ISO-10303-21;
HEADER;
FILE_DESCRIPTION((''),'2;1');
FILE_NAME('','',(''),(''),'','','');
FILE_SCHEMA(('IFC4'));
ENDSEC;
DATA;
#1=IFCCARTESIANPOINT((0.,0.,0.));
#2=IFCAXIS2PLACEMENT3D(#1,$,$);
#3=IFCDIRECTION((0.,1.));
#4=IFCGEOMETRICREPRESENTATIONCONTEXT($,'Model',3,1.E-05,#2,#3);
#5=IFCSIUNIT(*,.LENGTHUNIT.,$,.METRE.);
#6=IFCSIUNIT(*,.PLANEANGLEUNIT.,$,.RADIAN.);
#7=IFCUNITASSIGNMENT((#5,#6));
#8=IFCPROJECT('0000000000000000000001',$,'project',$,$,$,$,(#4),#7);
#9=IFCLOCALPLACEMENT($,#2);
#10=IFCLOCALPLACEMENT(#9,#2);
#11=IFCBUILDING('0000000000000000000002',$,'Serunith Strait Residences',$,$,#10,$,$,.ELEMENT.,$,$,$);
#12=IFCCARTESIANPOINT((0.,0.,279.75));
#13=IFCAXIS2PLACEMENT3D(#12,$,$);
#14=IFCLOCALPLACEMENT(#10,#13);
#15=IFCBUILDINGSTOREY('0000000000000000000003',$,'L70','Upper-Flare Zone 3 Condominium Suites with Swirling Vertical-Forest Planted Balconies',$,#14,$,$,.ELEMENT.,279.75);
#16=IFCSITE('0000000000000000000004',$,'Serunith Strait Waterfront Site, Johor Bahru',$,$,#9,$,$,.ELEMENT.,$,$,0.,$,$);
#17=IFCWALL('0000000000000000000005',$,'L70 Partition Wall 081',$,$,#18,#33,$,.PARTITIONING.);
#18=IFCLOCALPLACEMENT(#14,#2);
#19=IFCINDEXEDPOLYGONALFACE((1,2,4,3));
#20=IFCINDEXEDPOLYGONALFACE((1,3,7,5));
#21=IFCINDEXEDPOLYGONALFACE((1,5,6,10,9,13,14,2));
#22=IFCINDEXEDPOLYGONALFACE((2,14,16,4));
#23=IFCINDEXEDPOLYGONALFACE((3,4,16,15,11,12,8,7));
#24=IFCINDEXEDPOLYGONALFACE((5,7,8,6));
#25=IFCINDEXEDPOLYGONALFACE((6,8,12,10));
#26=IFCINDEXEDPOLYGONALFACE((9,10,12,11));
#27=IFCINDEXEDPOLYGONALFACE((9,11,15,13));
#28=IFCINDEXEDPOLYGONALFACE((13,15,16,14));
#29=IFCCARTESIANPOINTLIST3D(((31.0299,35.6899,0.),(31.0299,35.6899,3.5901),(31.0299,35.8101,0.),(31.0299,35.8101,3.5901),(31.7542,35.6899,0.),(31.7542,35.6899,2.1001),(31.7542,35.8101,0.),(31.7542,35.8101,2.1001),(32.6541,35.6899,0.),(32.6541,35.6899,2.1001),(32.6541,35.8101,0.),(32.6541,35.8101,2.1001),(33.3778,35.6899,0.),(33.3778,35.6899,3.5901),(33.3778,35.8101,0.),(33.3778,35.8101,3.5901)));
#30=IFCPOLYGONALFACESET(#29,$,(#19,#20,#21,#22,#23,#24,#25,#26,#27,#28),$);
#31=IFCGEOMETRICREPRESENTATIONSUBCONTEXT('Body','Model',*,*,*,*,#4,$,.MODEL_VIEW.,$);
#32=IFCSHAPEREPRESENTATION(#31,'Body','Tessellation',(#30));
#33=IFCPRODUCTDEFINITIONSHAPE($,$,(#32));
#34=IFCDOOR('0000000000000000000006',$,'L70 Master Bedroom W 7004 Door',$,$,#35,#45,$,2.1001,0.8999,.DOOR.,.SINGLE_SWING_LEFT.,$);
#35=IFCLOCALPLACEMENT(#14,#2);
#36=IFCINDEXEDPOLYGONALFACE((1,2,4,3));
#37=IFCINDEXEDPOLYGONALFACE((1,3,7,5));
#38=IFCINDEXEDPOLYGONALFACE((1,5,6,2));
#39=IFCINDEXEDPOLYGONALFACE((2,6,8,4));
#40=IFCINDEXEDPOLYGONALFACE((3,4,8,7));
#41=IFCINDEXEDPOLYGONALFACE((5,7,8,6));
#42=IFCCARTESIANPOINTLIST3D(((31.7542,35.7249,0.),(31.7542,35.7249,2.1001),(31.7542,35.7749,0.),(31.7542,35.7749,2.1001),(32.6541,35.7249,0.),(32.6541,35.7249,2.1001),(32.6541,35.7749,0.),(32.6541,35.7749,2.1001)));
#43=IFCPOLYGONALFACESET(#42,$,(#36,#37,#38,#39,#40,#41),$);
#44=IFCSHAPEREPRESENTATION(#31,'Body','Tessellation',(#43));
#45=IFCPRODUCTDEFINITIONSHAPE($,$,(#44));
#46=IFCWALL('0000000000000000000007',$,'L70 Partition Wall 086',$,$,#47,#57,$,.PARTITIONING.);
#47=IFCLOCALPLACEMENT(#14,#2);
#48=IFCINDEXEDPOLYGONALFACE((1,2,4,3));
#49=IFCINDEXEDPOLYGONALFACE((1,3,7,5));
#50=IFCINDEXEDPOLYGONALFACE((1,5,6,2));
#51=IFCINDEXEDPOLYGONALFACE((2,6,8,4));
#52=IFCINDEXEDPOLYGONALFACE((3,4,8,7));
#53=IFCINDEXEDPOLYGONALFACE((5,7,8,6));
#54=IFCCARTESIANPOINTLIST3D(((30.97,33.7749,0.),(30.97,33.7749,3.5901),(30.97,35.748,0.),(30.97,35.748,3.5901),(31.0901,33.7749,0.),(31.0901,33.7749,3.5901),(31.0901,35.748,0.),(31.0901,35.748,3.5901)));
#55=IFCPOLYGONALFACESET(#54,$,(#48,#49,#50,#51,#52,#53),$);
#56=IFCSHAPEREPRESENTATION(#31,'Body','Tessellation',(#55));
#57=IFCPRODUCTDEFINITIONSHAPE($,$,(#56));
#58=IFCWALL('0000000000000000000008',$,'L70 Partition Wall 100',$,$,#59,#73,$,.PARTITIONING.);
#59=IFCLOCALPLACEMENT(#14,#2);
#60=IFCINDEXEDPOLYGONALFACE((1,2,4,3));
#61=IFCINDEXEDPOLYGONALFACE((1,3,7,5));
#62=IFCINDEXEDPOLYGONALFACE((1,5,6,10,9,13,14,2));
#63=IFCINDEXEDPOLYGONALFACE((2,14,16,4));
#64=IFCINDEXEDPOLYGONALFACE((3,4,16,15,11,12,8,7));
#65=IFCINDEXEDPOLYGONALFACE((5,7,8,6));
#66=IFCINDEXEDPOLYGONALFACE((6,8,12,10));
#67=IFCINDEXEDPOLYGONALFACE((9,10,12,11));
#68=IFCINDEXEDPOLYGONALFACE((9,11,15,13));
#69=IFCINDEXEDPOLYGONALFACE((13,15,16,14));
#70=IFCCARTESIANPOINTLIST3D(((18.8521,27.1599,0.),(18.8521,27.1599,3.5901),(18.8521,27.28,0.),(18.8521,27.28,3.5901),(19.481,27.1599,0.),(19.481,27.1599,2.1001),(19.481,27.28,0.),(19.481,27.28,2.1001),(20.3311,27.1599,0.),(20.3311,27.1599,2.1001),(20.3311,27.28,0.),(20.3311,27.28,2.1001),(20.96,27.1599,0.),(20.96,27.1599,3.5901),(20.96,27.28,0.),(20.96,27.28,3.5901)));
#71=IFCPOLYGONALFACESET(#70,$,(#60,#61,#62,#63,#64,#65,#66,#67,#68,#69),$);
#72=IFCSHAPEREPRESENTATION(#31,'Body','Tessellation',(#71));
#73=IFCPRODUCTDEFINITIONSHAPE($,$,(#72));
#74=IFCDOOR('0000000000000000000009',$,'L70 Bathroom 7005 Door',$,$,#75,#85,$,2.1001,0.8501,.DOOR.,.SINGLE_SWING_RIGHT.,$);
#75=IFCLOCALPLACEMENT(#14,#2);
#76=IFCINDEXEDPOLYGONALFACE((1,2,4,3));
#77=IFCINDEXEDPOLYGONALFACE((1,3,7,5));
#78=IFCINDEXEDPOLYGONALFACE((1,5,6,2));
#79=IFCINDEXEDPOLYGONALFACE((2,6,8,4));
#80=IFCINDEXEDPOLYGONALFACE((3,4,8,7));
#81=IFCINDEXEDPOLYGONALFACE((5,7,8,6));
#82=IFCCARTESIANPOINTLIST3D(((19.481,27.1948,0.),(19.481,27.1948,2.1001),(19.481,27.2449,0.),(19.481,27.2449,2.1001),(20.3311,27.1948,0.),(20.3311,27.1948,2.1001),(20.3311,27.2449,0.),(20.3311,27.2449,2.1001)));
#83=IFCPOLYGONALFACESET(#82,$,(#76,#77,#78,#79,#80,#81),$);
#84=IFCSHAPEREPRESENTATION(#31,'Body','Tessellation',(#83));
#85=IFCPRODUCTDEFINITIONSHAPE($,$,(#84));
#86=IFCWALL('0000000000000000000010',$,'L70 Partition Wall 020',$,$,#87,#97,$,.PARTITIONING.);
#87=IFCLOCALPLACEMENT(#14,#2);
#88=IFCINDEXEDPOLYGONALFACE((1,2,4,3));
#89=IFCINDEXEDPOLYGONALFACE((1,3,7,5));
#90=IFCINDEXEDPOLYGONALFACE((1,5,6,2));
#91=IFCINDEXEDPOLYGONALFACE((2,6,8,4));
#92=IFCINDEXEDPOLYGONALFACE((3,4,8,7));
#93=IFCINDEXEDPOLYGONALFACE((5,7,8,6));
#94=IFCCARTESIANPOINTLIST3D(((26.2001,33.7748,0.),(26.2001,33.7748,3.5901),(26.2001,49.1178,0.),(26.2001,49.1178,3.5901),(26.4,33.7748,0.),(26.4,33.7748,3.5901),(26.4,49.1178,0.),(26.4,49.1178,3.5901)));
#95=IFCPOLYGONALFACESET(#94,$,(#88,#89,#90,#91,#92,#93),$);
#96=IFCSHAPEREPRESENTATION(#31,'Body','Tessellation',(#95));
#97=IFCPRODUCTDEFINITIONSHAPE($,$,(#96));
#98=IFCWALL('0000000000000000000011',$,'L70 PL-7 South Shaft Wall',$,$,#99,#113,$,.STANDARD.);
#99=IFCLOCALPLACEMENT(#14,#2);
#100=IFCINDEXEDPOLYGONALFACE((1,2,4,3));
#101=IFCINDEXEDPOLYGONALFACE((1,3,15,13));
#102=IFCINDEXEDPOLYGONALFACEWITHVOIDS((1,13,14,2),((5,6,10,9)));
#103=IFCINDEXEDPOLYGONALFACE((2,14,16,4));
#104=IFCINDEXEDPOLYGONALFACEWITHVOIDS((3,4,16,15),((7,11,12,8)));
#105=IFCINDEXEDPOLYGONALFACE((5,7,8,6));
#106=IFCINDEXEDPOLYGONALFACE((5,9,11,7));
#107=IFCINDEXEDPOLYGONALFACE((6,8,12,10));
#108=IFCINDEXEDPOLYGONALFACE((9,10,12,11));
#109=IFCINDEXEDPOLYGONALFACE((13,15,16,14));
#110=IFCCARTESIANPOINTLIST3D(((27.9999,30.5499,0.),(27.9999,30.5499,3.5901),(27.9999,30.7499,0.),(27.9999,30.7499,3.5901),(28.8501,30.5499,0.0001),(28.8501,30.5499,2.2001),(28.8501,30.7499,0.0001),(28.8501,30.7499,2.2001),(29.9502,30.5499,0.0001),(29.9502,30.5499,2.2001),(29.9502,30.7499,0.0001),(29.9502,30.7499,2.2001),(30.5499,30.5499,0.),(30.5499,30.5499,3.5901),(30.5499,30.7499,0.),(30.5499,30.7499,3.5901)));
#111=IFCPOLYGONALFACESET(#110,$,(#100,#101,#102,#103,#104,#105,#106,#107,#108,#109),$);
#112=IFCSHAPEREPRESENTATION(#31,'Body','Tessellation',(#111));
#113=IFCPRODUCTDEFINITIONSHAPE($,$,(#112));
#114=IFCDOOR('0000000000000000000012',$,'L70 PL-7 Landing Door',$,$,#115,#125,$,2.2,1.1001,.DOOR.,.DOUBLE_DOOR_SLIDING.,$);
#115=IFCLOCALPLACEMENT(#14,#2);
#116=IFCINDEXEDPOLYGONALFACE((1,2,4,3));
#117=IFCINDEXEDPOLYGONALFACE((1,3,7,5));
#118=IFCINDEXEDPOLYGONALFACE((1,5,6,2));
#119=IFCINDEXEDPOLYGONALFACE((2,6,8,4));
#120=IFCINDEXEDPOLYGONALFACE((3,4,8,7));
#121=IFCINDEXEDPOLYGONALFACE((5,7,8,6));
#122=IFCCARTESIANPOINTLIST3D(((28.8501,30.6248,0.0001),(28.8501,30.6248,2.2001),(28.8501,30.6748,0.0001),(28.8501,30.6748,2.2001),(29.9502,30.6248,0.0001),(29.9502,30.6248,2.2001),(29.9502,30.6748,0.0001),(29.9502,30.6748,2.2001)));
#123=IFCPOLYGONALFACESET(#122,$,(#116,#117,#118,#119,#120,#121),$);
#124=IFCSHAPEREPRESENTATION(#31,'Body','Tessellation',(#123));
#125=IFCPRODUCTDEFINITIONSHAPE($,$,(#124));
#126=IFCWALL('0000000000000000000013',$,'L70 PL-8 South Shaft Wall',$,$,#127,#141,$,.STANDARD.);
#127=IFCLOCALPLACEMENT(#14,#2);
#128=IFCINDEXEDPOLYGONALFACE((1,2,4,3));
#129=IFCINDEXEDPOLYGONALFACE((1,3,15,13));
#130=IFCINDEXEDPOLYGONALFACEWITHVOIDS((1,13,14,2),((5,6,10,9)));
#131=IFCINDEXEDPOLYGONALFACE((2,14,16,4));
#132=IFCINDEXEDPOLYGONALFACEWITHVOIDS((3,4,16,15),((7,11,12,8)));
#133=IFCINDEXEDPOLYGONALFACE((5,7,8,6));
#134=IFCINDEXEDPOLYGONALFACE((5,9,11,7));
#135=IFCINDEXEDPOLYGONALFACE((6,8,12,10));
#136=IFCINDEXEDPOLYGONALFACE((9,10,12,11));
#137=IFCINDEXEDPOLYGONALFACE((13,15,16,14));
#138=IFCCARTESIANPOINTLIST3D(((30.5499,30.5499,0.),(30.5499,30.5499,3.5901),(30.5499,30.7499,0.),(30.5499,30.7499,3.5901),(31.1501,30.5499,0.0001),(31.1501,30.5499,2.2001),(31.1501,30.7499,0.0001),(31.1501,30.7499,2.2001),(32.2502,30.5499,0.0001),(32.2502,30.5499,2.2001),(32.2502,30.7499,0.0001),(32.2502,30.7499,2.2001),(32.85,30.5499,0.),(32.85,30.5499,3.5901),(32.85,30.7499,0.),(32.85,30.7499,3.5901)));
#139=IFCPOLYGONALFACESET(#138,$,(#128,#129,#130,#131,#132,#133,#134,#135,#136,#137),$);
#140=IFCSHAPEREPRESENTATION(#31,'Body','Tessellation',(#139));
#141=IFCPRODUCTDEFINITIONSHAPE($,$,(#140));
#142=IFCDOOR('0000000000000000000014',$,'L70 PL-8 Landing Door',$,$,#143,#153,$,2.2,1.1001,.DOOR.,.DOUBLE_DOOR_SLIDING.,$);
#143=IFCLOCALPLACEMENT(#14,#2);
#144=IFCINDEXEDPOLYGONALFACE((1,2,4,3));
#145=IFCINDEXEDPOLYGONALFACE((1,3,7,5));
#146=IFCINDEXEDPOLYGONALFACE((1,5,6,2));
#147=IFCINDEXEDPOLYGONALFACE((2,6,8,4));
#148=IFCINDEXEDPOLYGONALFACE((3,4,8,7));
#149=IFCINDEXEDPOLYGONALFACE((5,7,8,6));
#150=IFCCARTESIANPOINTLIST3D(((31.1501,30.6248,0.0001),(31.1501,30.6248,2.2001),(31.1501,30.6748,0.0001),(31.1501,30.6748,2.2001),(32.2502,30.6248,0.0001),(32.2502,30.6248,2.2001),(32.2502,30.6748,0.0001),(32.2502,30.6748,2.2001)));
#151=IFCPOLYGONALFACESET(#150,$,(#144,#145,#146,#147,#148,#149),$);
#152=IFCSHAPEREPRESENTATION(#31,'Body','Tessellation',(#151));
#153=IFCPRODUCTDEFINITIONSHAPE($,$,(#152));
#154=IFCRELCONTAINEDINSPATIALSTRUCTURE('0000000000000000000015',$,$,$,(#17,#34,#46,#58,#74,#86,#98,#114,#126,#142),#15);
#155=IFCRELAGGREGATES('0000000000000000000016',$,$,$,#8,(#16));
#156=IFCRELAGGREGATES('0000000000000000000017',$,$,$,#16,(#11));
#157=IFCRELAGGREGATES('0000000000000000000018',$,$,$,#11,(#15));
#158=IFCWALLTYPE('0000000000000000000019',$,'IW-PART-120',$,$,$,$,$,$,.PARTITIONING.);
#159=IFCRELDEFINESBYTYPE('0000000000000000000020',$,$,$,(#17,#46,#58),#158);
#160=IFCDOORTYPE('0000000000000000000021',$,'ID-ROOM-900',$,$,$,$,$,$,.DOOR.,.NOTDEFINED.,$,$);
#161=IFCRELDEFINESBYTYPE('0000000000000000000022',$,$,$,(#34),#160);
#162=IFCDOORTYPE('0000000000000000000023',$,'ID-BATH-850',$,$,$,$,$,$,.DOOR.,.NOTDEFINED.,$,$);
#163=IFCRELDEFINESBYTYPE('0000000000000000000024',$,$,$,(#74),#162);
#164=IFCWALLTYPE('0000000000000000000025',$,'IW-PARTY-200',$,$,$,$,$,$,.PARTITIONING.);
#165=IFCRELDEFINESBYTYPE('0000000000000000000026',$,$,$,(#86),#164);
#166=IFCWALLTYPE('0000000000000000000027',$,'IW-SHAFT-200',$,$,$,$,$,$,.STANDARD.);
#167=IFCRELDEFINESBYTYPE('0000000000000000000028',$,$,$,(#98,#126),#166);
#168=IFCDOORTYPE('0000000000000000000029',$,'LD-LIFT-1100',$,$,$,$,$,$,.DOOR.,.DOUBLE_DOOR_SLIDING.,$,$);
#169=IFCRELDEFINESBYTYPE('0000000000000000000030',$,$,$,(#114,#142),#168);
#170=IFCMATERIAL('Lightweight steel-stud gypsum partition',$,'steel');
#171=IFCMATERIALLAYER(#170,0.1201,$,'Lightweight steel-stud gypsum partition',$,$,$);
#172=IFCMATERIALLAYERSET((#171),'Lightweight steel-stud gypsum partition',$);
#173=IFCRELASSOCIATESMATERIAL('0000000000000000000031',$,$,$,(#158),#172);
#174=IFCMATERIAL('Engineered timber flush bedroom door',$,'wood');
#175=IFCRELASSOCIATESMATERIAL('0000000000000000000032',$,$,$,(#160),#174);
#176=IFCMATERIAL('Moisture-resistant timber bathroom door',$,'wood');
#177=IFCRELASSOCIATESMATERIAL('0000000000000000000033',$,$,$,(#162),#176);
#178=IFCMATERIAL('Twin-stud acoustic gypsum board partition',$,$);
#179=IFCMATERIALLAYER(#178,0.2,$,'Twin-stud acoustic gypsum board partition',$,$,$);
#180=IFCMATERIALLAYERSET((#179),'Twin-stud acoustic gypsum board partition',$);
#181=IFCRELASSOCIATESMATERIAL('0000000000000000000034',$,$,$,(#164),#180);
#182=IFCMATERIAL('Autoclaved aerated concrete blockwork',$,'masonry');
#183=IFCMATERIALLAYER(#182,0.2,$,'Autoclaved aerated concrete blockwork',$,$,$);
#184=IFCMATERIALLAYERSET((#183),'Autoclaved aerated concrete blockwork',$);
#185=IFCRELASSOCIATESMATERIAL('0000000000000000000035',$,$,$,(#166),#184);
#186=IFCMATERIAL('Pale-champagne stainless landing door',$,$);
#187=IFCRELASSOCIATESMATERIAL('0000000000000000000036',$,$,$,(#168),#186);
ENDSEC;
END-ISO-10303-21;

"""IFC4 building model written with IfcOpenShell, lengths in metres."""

from ifc_helpers import new_model, si_unit, direction, frame, frame_2d, origin, place, context, subcontext, project, spatial, rectangle, extrude, source, transform, mapped, material, layer, layer_set, type_object, element, fill, save


model = new_model("IFC4")

# Units and contexts
model_context = context("Model", 3, precision=1e-05, world=origin(), true_north=direction((0.0, 1.0)))
body_context = subcontext(model_context, "Body", "Model", "MODEL_VIEW")
ifc_project = project(units=[si_unit("LENGTHUNIT", "METRE"), si_unit("PLANEANGLEUNIT", "RADIAN")], contexts=[model_context])

# Site, building, storey
site_placement = place(None, origin())
site = spatial("IfcSite", under=ifc_project, at=site_placement, Name="Serunith Strait Waterfront Site, Johor Bahru", CompositionType="ELEMENT", RefElevation=0.0)
building_placement = place(site_placement, origin())
building = spatial("IfcBuilding", under=site, at=building_placement, Name="Serunith Strait Residences", CompositionType="ELEMENT")
storey_placement = place(building_placement, frame((0.0, 0.0, 279.75)))
storey = spatial("IfcBuildingStorey", under=building, at=storey_placement, Name="L70", Description="Upper-Flare Zone 3 Condominium Suites with Swirling Vertical-Forest Planted Balconies", CompositionType="ELEMENT", Elevation=279.75)

# Wall, opening, door
ifc_material_1 = material(Name="Lightweight steel-stud gypsum partition", Category="steel")
ifc_layer_1 = layer(ifc_material_1, 0.1201, Name="Lightweight steel-stud gypsum partition")
ifc_layer_set_1 = layer_set([ifc_layer_1], Name="Lightweight steel-stud gypsum partition")
wall_type_1 = type_object("IfcWallType", Name="IW-PART-120", PredefinedType="PARTITIONING", material=ifc_layer_set_1)
ifc_material_2 = material(Name="Engineered timber flush bedroom door", Category="wood")
door_type_1 = type_object("IfcDoorType", Name="ID-ROOM-900", OperationType="NOTDEFINED", PredefinedType="DOOR", material=ifc_material_2)
shared_shape_1 = source(origin(), body_context, "Body", "SweptSolid", [
    extrude(rectangle(XDim=0.8999, YDim=2.1001, at=frame_2d((0.45, 1.05))), frame((0.0, 0.0249, 0.0), z_axis=(0.0, -1.0, 0.0), x_axis=(1.0, 0.0, 0.0)), (0.0, 0.0, 1.0), 0.05),
])
wall_1_placement = place(storey_placement, frame((31.03, 35.75, 0.0), z_axis=(0.0, 0.0, 1.0), x_axis=(1.0, 0.0, 0.0)))
wall_1 = element("IfcWall", 1, at=wall_1_placement, inside=storey, type_object=wall_type_1, Name="L70 Partition Wall 081", PredefinedType="PARTITIONING", context=body_context, shape_type="SweptSolid", body=[
    extrude(rectangle(XDim=2.3479, YDim=0.1201, at=frame_2d((1.1738, 0.0))), origin(), (0.0, 0.0, 1.0), 3.5901),
])
opening_1_placement = place(wall_1_placement, frame((0.7241, 0.0, 0.0)))
opening_1 = element("IfcOpeningElement", 2, at=opening_1_placement, cuts=wall_1, PredefinedType="OPENING", context=body_context, shape_type="SweptSolid", body=[
    extrude(rectangle(XDim=0.8999, YDim=2.1001, at=frame_2d((0.45, 1.05))), frame((0.0, 0.0701, 0.0), z_axis=(0.0, -1.0, 0.0), x_axis=(1.0, 0.0, 0.0)), (0.0, 0.0, 1.0), 0.1401),
])
door_1_placement = place(opening_1_placement, origin())
door_1 = element("IfcDoor", 3, at=door_1_placement, inside=storey, type_object=door_type_1, Name="L70 Master Bedroom W 7004 Door", OperationType="SINGLE_SWING_LEFT", OverallHeight=2.1001, OverallWidth=0.8999, PredefinedType="DOOR", context=body_context, shape_type="MappedRepresentation", body=[
    mapped(shared_shape_1, transform((0.0, 0.0, 0.0), scale=1.0)),
])
fill(opening_1, door_1)

# Wall
wall_2_placement = place(storey_placement, frame((31.03, 35.748, 0.0), z_axis=(0.0, 0.0, 1.0), x_axis=(0.0, -1.0, 0.0)))
element("IfcWall", 4, at=wall_2_placement, inside=storey, type_object=wall_type_1, Name="L70 Partition Wall 086", PredefinedType="PARTITIONING", context=body_context, shape_type="SweptSolid", body=[
    extrude(rectangle(XDim=1.9731, YDim=0.1201, at=frame_2d((0.9866, 0.0))), origin(), (0.0, 0.0, 1.0), 3.5901),
])

# Wall, opening, door
wall_3_placement = place(storey_placement, frame((18.8521, 27.22, 0.0), z_axis=(0.0, 0.0, 1.0), x_axis=(1.0, 0.0, 0.0)))
wall_3 = element("IfcWall", 5, at=wall_3_placement, inside=storey, type_object=wall_type_1, Name="L70 Partition Wall 100", PredefinedType="PARTITIONING", context=body_context, shape_type="SweptSolid", body=[
    extrude(rectangle(XDim=2.1079, YDim=0.1201, at=frame_2d((1.054, 0.0))), origin(), (0.0, 0.0, 1.0), 3.5901),
])
opening_2_placement = place(wall_3_placement, frame((0.6289, 0.0, 0.0)))
opening_2 = element("IfcOpeningElement", 6, at=opening_2_placement, cuts=wall_3, PredefinedType="OPENING", context=body_context, shape_type="SweptSolid", body=[
    extrude(rectangle(XDim=0.8501, YDim=2.1001, at=frame_2d((0.425, 1.05))), frame((0.0, 0.0701, 0.0), z_axis=(0.0, -1.0, 0.0), x_axis=(1.0, 0.0, 0.0)), (0.0, 0.0, 1.0), 0.1401),
])
ifc_material_3 = material(Name="Moisture-resistant timber bathroom door", Category="wood")
door_type_2 = type_object("IfcDoorType", Name="ID-BATH-850", OperationType="NOTDEFINED", PredefinedType="DOOR", material=ifc_material_3)
shared_shape_2 = source(origin(), body_context, "Body", "SweptSolid", [
    extrude(rectangle(XDim=0.8501, YDim=2.1001, at=frame_2d((0.425, 1.05))), frame((0.0, 0.0249, 0.0), z_axis=(0.0, -1.0, 0.0), x_axis=(1.0, 0.0, 0.0)), (0.0, 0.0, 1.0), 0.05),
])
door_2_placement = place(opening_2_placement, origin())
door_2 = element("IfcDoor", 7, at=door_2_placement, inside=storey, type_object=door_type_2, Name="L70 Bathroom 7005 Door", OperationType="SINGLE_SWING_RIGHT", OverallHeight=2.1001, OverallWidth=0.8501, PredefinedType="DOOR", context=body_context, shape_type="MappedRepresentation", body=[
    mapped(shared_shape_2, transform((0.0, 0.0, 0.0), scale=1.0)),
])
fill(opening_2, door_2)

# Wall
ifc_material_4 = material(Name="Twin-stud acoustic gypsum board partition")
ifc_layer_2 = layer(ifc_material_4, 0.2, Name="Twin-stud acoustic gypsum board partition")
ifc_layer_set_2 = layer_set([ifc_layer_2], Name="Twin-stud acoustic gypsum board partition")
wall_type_2 = type_object("IfcWallType", Name="IW-PARTY-200", PredefinedType="PARTITIONING", material=ifc_layer_set_2)
wall_4_placement = place(storey_placement, frame((26.3, 33.7749, 0.0), z_axis=(0.0, 0.0, 1.0), x_axis=(0.0, 1.0, 0.0)))
element("IfcWall", 8, at=wall_4_placement, inside=storey, type_object=wall_type_2, Name="L70 Partition Wall 020", PredefinedType="PARTITIONING", context=body_context, shape_type="SweptSolid", body=[
    extrude(rectangle(XDim=15.343, YDim=0.2, at=frame_2d((7.6714, 0.0))), origin(), (0.0, 0.0, 1.0), 3.5901),
])

# Walls, openings, doors
ifc_material_5 = material(Name="Autoclaved aerated concrete blockwork", Category="masonry")
ifc_layer_3 = layer(ifc_material_5, 0.2, Name="Autoclaved aerated concrete blockwork")
ifc_layer_set_3 = layer_set([ifc_layer_3], Name="Autoclaved aerated concrete blockwork")
wall_type_3 = type_object("IfcWallType", Name="IW-SHAFT-200", PredefinedType="STANDARD", material=ifc_layer_set_3)
wall_5_placement = place(storey_placement, frame((28.0, 30.6499, 0.0), z_axis=(0.0, 0.0, 1.0), x_axis=(1.0, 0.0, 0.0)))
wall_5 = element("IfcWall", 9, at=wall_5_placement, inside=storey, type_object=wall_type_3, Name="L70 PL-7 South Shaft Wall", PredefinedType="STANDARD", context=body_context, shape_type="SweptSolid", body=[
    extrude(rectangle(XDim=2.55, YDim=0.2, at=frame_2d((1.2749, 0.0))), origin(), (0.0, 0.0, 1.0), 3.5901),
])
opening_3_placement = place(wall_5_placement, frame((0.8501, 0.0, 0.0)))
opening_3 = element("IfcOpeningElement", 10, at=opening_3_placement, cuts=wall_5, PredefinedType="OPENING", context=body_context, shape_type="SweptSolid", body=[
    extrude(rectangle(XDim=1.1001, YDim=2.2, at=frame_2d((0.55, 1.1001))), frame((0.0, 0.1099, 0.0), z_axis=(0.0, -1.0, 0.0), x_axis=(1.0, 0.0, 0.0)), (0.0, 0.0, 1.0), 0.22),
])
ifc_material_6 = material(Name="Pale-champagne stainless landing door")
door_type_3 = type_object("IfcDoorType", Name="LD-LIFT-1100", OperationType="DOUBLE_DOOR_SLIDING", PredefinedType="DOOR", material=ifc_material_6)
shared_shape_3 = source(origin(), body_context, "Body", "SweptSolid", [
    extrude(rectangle(XDim=1.1001, YDim=2.2, at=frame_2d((0.55, 1.1001))), frame((0.0, 0.0249, 0.0), z_axis=(0.0, -1.0, 0.0), x_axis=(1.0, 0.0, 0.0)), (0.0, 0.0, 1.0), 0.05),
])
door_3_placement = place(opening_3_placement, origin())
door_3 = element("IfcDoor", 11, at=door_3_placement, inside=storey, type_object=door_type_3, Name="L70 PL-7 Landing Door", OperationType="DOUBLE_DOOR_SLIDING", OverallHeight=2.2, OverallWidth=1.1001, PredefinedType="DOOR", context=body_context, shape_type="MappedRepresentation", body=[
    mapped(shared_shape_3, transform((0.0, 0.0, 0.0), scale=1.0)),
])
fill(opening_3, door_3)
wall_6_placement = place(storey_placement, frame((30.55, 30.6499, 0.0), z_axis=(0.0, 0.0, 1.0), x_axis=(1.0, 0.0, 0.0)))
wall_6 = element("IfcWall", 12, at=wall_6_placement, inside=storey, type_object=wall_type_3, Name="L70 PL-8 South Shaft Wall", PredefinedType="STANDARD", context=body_context, shape_type="SweptSolid", body=[
    extrude(rectangle(XDim=2.3, YDim=0.2, at=frame_2d((1.1499, 0.0))), origin(), (0.0, 0.0, 1.0), 3.5901),
])
opening_4_placement = place(wall_6_placement, frame((0.6001, 0.0, 0.0)))
opening_4 = element("IfcOpeningElement", 13, at=opening_4_placement, cuts=wall_6, PredefinedType="OPENING", context=body_context, shape_type="SweptSolid", body=[
    extrude(rectangle(XDim=1.1001, YDim=2.2, at=frame_2d((0.55, 1.1001))), frame((0.0, 0.1099, 0.0), z_axis=(0.0, -1.0, 0.0), x_axis=(1.0, 0.0, 0.0)), (0.0, 0.0, 1.0), 0.22),
])
door_4_placement = place(opening_4_placement, origin())
door_4 = element("IfcDoor", 14, at=door_4_placement, inside=storey, type_object=door_type_3, Name="L70 PL-8 Landing Door", OperationType="DOUBLE_DOOR_SLIDING", OverallHeight=2.2, OverallWidth=1.1001, PredefinedType="DOOR", context=body_context, shape_type="MappedRepresentation", body=[
    mapped(shared_shape_3, transform((0.0, 0.0, 0.0), scale=1.0)),
])
fill(opening_4, door_4)

save(model, "model.ifc")
